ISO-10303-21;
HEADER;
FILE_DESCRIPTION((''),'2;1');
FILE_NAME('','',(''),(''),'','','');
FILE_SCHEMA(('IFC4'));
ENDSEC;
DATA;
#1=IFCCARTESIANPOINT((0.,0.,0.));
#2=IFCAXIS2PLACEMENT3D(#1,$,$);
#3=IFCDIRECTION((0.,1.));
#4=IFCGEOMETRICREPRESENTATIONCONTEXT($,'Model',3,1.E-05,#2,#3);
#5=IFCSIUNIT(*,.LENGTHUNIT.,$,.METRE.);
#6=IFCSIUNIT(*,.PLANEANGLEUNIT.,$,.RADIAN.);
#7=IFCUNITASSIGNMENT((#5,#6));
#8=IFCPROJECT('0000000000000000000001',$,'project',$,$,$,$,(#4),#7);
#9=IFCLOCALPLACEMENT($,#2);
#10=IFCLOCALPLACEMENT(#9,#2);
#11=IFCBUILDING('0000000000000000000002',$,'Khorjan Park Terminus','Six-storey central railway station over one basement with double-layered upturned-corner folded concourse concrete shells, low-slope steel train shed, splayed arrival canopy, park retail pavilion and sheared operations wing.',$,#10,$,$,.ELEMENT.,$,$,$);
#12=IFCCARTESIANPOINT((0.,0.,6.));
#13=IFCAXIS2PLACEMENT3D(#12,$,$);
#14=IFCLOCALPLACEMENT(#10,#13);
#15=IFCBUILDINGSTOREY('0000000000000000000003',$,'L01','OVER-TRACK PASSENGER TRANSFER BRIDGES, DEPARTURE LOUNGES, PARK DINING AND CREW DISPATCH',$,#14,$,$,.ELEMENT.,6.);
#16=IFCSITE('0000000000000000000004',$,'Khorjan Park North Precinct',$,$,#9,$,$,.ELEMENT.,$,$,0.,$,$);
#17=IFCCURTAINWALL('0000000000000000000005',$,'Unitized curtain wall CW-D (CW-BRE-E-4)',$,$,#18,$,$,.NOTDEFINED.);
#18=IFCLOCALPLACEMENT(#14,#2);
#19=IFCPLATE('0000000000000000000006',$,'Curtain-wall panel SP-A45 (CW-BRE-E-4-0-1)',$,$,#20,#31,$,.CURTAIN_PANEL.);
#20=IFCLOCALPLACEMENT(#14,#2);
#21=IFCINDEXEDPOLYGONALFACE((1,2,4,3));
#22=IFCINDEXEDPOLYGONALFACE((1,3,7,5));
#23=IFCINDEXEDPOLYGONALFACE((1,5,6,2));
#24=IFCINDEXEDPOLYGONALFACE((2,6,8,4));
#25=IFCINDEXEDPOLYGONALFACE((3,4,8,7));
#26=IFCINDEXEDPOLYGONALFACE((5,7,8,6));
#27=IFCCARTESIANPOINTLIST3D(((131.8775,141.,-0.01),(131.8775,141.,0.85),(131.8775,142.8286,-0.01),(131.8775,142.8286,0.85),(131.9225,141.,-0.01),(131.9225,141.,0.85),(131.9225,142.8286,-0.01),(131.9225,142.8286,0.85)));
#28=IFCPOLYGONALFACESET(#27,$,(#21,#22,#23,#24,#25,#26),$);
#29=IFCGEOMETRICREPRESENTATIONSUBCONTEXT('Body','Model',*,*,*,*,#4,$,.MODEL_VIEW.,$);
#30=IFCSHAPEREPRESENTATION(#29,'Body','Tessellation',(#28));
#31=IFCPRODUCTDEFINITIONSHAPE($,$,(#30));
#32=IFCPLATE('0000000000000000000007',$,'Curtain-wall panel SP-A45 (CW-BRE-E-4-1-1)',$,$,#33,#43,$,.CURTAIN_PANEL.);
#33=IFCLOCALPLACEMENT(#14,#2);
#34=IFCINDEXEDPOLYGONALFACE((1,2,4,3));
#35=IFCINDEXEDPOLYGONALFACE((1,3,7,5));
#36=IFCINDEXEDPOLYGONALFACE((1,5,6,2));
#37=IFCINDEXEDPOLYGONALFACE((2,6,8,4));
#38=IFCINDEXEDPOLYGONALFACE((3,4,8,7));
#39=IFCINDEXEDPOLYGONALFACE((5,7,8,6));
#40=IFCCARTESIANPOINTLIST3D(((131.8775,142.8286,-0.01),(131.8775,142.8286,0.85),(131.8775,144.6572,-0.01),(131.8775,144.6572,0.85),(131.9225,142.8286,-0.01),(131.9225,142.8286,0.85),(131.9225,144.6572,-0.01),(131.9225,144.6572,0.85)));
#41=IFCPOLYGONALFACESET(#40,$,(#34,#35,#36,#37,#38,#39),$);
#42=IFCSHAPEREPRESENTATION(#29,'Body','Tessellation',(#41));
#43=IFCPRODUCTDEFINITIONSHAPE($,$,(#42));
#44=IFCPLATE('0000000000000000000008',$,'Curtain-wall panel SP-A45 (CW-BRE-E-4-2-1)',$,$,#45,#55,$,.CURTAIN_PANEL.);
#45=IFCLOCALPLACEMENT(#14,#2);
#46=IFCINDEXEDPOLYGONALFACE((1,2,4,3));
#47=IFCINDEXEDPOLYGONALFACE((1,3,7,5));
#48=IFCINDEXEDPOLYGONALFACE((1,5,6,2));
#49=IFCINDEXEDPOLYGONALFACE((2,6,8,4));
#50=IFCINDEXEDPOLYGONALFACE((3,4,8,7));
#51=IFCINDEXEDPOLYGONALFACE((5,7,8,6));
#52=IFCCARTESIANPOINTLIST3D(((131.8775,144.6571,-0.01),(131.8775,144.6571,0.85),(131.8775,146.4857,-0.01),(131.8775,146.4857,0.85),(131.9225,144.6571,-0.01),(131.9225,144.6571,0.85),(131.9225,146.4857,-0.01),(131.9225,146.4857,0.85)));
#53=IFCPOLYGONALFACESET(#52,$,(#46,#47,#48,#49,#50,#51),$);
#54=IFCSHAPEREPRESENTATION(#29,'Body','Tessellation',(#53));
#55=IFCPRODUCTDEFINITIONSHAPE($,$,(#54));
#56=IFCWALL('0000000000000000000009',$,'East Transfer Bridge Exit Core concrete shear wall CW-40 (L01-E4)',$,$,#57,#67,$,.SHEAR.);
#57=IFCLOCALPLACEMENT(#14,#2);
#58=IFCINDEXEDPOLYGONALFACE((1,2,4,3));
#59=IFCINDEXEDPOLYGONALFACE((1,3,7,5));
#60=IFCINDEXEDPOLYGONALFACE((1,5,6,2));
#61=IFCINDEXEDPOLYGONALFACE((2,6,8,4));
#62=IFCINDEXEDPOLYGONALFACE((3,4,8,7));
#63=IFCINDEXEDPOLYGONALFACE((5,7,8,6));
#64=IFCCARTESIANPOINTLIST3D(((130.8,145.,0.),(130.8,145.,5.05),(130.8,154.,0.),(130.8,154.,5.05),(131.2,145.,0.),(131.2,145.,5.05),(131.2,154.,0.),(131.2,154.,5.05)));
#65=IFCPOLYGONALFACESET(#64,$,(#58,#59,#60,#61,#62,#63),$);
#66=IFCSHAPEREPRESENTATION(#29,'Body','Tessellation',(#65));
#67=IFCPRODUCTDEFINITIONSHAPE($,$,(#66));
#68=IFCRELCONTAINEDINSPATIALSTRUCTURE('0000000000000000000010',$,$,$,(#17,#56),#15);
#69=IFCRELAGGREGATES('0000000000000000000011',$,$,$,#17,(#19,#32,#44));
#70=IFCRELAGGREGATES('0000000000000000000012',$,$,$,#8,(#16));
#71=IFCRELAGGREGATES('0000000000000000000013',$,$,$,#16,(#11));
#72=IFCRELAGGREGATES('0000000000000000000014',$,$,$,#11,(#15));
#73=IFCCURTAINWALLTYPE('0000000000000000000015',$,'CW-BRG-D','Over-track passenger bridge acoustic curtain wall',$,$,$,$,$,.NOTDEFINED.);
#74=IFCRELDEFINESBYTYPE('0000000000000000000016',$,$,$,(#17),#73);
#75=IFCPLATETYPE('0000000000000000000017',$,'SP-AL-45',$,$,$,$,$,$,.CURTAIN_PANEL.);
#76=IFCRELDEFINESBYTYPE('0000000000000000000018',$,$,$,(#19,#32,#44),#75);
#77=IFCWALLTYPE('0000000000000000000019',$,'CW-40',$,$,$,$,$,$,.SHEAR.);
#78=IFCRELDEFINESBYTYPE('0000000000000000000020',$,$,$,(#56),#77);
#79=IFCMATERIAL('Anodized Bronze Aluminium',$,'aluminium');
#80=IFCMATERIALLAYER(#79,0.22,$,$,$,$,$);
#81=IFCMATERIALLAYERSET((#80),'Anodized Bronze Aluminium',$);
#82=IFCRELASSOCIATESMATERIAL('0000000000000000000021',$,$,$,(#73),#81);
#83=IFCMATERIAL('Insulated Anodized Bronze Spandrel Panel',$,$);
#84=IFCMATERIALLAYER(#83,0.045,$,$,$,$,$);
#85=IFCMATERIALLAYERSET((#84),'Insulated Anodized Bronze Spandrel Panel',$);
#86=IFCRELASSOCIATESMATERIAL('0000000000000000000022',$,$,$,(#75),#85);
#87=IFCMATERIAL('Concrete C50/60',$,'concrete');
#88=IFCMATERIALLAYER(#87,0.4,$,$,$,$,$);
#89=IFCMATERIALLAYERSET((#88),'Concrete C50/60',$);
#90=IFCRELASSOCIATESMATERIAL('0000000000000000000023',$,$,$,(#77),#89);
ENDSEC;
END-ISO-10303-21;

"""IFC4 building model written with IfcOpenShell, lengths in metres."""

from ifc_helpers import new_model, si_unit, direction, frame, frame_2d, origin, origin_2d, place, context, subcontext, project, spatial, rectangle, extrude, material, layer, layer_set, type_object, element, aggregate, save


model = new_model("IFC4")

# Units and contexts
model_context = context("Model", 3, precision=1e-05, world=origin(), true_north=direction((0.0, 1.0)))
body_context = subcontext(model_context, "Body", "Model", "MODEL_VIEW")
ifc_project = project(units=[si_unit("LENGTHUNIT", "METRE"), si_unit("PLANEANGLEUNIT", "RADIAN")], contexts=[model_context])

# Site, building, storey
site_placement = place(None, origin())
site = spatial("IfcSite", under=ifc_project, at=site_placement, Name="Khorjan Park North Precinct", CompositionType="ELEMENT", RefElevation=0.0)
building_placement = place(site_placement, origin())
building = spatial("IfcBuilding", under=site, at=building_placement, Name="Khorjan Park Terminus", Description="Six-storey central railway station over one basement with double-layered upturned-corner folded concourse concrete shells, low-slope steel train shed, splayed arrival canopy, park retail pavilion and sheared operations wing.", CompositionType="ELEMENT")
storey_placement = place(building_placement, frame((0.0, 0.0, 6.0)))
storey = spatial("IfcBuildingStorey", under=building, at=storey_placement, Name="L01", Description="OVER-TRACK PASSENGER TRANSFER BRIDGES, DEPARTURE LOUNGES, PARK DINING AND CREW DISPATCH", CompositionType="ELEMENT", Elevation=6.0)

# Shared definitions
ifc_material_1 = material(Name="Anodized Bronze Aluminium", Category="aluminium")
ifc_layer_1 = layer(ifc_material_1, 0.22)
ifc_layer_set_1 = layer_set([ifc_layer_1], Name="Anodized Bronze Aluminium")
curtain_wall_type = type_object("IfcCurtainWallType", Name="CW-BRG-D", Description="Over-track passenger bridge acoustic curtain wall", PredefinedType="NOTDEFINED", material=ifc_layer_set_1)

# Curtain wall
curtain_wall_1_placement = place(storey_placement, origin())
curtain_wall_1 = element("IfcCurtainWall", 1, at=curtain_wall_1_placement, inside=storey, type_object=curtain_wall_type, Name="Unitized curtain wall CW-D (CW-BRE-E-4)", PredefinedType="NOTDEFINED")

# Plates
ifc_material_2 = material(Name="Insulated Anodized Bronze Spandrel Panel")
ifc_layer_2 = layer(ifc_material_2, 0.045)
ifc_layer_set_2 = layer_set([ifc_layer_2], Name="Insulated Anodized Bronze Spandrel Panel")
plate_type_1 = type_object("IfcPlateType", Name="SP-AL-45", PredefinedType="CURTAIN_PANEL", material=ifc_layer_set_2)
plate_1_placement = place(storey_placement, frame((131.9, 141.9143, -0.01), z_axis=(0.0, 0.0, 1.0), x_axis=(0.0, 1.0, 0.0)))
plate_1 = element("IfcPlate", 2, at=plate_1_placement, type_object=plate_type_1, Name="Curtain-wall panel SP-A45 (CW-BRE-E-4-0-1)", PredefinedType="CURTAIN_PANEL", context=body_context, shape_type="SweptSolid", body=[
    extrude(rectangle(XDim=1.8286, YDim=0.045, at=origin_2d()), origin(), (0.0, 0.0, 1.0), 0.86),
])
plate_2_placement = place(storey_placement, frame((131.9, 143.7429, -0.01), z_axis=(0.0, 0.0, 1.0), x_axis=(0.0, 1.0, 0.0)))
plate_2 = element("IfcPlate", 3, at=plate_2_placement, type_object=plate_type_1, Name="Curtain-wall panel SP-A45 (CW-BRE-E-4-1-1)", PredefinedType="CURTAIN_PANEL", context=body_context, shape_type="SweptSolid", body=[
    extrude(rectangle(XDim=1.8286, YDim=0.045, at=origin_2d()), origin(), (0.0, 0.0, 1.0), 0.86),
])
plate_3_placement = place(storey_placement, frame((131.9, 145.5714, -0.01), z_axis=(0.0, 0.0, 1.0), x_axis=(0.0, 1.0, 0.0)))
plate_3 = element("IfcPlate", 4, at=plate_3_placement, type_object=plate_type_1, Name="Curtain-wall panel SP-A45 (CW-BRE-E-4-2-1)", PredefinedType="CURTAIN_PANEL", context=body_context, shape_type="SweptSolid", body=[
    extrude(rectangle(XDim=1.8286, YDim=0.045, at=origin_2d()), origin(), (0.0, 0.0, 1.0), 0.86),
])
aggregate(curtain_wall_1, [plate_1, plate_2, plate_3])

# Wall
ifc_material_3 = material(Name="Concrete C50/60", Category="concrete")
ifc_layer_3 = layer(ifc_material_3, 0.4)
ifc_layer_set_3 = layer_set([ifc_layer_3], Name="Concrete C50/60")
wall_type = type_object("IfcWallType", Name="CW-40", PredefinedType="SHEAR", material=ifc_layer_set_3)
wall_placement = place(storey_placement, frame((131.0, 145.0, 0.0), z_axis=(0.0, 0.0, 1.0), x_axis=(0.0, 1.0, 0.0)))
element("IfcWall", 5, at=wall_placement, inside=storey, type_object=wall_type, Name="East Transfer Bridge Exit Core concrete shear wall CW-40 (L01-E4)", PredefinedType="SHEAR", context=body_context, shape_type="SweptSolid", body=[
    extrude(rectangle(XDim=9.0, YDim=0.4, at=frame_2d((4.5, 0.0))), origin(), (0.0, 0.0, 1.0), 5.05),
])

save(model, "model.ifc")
